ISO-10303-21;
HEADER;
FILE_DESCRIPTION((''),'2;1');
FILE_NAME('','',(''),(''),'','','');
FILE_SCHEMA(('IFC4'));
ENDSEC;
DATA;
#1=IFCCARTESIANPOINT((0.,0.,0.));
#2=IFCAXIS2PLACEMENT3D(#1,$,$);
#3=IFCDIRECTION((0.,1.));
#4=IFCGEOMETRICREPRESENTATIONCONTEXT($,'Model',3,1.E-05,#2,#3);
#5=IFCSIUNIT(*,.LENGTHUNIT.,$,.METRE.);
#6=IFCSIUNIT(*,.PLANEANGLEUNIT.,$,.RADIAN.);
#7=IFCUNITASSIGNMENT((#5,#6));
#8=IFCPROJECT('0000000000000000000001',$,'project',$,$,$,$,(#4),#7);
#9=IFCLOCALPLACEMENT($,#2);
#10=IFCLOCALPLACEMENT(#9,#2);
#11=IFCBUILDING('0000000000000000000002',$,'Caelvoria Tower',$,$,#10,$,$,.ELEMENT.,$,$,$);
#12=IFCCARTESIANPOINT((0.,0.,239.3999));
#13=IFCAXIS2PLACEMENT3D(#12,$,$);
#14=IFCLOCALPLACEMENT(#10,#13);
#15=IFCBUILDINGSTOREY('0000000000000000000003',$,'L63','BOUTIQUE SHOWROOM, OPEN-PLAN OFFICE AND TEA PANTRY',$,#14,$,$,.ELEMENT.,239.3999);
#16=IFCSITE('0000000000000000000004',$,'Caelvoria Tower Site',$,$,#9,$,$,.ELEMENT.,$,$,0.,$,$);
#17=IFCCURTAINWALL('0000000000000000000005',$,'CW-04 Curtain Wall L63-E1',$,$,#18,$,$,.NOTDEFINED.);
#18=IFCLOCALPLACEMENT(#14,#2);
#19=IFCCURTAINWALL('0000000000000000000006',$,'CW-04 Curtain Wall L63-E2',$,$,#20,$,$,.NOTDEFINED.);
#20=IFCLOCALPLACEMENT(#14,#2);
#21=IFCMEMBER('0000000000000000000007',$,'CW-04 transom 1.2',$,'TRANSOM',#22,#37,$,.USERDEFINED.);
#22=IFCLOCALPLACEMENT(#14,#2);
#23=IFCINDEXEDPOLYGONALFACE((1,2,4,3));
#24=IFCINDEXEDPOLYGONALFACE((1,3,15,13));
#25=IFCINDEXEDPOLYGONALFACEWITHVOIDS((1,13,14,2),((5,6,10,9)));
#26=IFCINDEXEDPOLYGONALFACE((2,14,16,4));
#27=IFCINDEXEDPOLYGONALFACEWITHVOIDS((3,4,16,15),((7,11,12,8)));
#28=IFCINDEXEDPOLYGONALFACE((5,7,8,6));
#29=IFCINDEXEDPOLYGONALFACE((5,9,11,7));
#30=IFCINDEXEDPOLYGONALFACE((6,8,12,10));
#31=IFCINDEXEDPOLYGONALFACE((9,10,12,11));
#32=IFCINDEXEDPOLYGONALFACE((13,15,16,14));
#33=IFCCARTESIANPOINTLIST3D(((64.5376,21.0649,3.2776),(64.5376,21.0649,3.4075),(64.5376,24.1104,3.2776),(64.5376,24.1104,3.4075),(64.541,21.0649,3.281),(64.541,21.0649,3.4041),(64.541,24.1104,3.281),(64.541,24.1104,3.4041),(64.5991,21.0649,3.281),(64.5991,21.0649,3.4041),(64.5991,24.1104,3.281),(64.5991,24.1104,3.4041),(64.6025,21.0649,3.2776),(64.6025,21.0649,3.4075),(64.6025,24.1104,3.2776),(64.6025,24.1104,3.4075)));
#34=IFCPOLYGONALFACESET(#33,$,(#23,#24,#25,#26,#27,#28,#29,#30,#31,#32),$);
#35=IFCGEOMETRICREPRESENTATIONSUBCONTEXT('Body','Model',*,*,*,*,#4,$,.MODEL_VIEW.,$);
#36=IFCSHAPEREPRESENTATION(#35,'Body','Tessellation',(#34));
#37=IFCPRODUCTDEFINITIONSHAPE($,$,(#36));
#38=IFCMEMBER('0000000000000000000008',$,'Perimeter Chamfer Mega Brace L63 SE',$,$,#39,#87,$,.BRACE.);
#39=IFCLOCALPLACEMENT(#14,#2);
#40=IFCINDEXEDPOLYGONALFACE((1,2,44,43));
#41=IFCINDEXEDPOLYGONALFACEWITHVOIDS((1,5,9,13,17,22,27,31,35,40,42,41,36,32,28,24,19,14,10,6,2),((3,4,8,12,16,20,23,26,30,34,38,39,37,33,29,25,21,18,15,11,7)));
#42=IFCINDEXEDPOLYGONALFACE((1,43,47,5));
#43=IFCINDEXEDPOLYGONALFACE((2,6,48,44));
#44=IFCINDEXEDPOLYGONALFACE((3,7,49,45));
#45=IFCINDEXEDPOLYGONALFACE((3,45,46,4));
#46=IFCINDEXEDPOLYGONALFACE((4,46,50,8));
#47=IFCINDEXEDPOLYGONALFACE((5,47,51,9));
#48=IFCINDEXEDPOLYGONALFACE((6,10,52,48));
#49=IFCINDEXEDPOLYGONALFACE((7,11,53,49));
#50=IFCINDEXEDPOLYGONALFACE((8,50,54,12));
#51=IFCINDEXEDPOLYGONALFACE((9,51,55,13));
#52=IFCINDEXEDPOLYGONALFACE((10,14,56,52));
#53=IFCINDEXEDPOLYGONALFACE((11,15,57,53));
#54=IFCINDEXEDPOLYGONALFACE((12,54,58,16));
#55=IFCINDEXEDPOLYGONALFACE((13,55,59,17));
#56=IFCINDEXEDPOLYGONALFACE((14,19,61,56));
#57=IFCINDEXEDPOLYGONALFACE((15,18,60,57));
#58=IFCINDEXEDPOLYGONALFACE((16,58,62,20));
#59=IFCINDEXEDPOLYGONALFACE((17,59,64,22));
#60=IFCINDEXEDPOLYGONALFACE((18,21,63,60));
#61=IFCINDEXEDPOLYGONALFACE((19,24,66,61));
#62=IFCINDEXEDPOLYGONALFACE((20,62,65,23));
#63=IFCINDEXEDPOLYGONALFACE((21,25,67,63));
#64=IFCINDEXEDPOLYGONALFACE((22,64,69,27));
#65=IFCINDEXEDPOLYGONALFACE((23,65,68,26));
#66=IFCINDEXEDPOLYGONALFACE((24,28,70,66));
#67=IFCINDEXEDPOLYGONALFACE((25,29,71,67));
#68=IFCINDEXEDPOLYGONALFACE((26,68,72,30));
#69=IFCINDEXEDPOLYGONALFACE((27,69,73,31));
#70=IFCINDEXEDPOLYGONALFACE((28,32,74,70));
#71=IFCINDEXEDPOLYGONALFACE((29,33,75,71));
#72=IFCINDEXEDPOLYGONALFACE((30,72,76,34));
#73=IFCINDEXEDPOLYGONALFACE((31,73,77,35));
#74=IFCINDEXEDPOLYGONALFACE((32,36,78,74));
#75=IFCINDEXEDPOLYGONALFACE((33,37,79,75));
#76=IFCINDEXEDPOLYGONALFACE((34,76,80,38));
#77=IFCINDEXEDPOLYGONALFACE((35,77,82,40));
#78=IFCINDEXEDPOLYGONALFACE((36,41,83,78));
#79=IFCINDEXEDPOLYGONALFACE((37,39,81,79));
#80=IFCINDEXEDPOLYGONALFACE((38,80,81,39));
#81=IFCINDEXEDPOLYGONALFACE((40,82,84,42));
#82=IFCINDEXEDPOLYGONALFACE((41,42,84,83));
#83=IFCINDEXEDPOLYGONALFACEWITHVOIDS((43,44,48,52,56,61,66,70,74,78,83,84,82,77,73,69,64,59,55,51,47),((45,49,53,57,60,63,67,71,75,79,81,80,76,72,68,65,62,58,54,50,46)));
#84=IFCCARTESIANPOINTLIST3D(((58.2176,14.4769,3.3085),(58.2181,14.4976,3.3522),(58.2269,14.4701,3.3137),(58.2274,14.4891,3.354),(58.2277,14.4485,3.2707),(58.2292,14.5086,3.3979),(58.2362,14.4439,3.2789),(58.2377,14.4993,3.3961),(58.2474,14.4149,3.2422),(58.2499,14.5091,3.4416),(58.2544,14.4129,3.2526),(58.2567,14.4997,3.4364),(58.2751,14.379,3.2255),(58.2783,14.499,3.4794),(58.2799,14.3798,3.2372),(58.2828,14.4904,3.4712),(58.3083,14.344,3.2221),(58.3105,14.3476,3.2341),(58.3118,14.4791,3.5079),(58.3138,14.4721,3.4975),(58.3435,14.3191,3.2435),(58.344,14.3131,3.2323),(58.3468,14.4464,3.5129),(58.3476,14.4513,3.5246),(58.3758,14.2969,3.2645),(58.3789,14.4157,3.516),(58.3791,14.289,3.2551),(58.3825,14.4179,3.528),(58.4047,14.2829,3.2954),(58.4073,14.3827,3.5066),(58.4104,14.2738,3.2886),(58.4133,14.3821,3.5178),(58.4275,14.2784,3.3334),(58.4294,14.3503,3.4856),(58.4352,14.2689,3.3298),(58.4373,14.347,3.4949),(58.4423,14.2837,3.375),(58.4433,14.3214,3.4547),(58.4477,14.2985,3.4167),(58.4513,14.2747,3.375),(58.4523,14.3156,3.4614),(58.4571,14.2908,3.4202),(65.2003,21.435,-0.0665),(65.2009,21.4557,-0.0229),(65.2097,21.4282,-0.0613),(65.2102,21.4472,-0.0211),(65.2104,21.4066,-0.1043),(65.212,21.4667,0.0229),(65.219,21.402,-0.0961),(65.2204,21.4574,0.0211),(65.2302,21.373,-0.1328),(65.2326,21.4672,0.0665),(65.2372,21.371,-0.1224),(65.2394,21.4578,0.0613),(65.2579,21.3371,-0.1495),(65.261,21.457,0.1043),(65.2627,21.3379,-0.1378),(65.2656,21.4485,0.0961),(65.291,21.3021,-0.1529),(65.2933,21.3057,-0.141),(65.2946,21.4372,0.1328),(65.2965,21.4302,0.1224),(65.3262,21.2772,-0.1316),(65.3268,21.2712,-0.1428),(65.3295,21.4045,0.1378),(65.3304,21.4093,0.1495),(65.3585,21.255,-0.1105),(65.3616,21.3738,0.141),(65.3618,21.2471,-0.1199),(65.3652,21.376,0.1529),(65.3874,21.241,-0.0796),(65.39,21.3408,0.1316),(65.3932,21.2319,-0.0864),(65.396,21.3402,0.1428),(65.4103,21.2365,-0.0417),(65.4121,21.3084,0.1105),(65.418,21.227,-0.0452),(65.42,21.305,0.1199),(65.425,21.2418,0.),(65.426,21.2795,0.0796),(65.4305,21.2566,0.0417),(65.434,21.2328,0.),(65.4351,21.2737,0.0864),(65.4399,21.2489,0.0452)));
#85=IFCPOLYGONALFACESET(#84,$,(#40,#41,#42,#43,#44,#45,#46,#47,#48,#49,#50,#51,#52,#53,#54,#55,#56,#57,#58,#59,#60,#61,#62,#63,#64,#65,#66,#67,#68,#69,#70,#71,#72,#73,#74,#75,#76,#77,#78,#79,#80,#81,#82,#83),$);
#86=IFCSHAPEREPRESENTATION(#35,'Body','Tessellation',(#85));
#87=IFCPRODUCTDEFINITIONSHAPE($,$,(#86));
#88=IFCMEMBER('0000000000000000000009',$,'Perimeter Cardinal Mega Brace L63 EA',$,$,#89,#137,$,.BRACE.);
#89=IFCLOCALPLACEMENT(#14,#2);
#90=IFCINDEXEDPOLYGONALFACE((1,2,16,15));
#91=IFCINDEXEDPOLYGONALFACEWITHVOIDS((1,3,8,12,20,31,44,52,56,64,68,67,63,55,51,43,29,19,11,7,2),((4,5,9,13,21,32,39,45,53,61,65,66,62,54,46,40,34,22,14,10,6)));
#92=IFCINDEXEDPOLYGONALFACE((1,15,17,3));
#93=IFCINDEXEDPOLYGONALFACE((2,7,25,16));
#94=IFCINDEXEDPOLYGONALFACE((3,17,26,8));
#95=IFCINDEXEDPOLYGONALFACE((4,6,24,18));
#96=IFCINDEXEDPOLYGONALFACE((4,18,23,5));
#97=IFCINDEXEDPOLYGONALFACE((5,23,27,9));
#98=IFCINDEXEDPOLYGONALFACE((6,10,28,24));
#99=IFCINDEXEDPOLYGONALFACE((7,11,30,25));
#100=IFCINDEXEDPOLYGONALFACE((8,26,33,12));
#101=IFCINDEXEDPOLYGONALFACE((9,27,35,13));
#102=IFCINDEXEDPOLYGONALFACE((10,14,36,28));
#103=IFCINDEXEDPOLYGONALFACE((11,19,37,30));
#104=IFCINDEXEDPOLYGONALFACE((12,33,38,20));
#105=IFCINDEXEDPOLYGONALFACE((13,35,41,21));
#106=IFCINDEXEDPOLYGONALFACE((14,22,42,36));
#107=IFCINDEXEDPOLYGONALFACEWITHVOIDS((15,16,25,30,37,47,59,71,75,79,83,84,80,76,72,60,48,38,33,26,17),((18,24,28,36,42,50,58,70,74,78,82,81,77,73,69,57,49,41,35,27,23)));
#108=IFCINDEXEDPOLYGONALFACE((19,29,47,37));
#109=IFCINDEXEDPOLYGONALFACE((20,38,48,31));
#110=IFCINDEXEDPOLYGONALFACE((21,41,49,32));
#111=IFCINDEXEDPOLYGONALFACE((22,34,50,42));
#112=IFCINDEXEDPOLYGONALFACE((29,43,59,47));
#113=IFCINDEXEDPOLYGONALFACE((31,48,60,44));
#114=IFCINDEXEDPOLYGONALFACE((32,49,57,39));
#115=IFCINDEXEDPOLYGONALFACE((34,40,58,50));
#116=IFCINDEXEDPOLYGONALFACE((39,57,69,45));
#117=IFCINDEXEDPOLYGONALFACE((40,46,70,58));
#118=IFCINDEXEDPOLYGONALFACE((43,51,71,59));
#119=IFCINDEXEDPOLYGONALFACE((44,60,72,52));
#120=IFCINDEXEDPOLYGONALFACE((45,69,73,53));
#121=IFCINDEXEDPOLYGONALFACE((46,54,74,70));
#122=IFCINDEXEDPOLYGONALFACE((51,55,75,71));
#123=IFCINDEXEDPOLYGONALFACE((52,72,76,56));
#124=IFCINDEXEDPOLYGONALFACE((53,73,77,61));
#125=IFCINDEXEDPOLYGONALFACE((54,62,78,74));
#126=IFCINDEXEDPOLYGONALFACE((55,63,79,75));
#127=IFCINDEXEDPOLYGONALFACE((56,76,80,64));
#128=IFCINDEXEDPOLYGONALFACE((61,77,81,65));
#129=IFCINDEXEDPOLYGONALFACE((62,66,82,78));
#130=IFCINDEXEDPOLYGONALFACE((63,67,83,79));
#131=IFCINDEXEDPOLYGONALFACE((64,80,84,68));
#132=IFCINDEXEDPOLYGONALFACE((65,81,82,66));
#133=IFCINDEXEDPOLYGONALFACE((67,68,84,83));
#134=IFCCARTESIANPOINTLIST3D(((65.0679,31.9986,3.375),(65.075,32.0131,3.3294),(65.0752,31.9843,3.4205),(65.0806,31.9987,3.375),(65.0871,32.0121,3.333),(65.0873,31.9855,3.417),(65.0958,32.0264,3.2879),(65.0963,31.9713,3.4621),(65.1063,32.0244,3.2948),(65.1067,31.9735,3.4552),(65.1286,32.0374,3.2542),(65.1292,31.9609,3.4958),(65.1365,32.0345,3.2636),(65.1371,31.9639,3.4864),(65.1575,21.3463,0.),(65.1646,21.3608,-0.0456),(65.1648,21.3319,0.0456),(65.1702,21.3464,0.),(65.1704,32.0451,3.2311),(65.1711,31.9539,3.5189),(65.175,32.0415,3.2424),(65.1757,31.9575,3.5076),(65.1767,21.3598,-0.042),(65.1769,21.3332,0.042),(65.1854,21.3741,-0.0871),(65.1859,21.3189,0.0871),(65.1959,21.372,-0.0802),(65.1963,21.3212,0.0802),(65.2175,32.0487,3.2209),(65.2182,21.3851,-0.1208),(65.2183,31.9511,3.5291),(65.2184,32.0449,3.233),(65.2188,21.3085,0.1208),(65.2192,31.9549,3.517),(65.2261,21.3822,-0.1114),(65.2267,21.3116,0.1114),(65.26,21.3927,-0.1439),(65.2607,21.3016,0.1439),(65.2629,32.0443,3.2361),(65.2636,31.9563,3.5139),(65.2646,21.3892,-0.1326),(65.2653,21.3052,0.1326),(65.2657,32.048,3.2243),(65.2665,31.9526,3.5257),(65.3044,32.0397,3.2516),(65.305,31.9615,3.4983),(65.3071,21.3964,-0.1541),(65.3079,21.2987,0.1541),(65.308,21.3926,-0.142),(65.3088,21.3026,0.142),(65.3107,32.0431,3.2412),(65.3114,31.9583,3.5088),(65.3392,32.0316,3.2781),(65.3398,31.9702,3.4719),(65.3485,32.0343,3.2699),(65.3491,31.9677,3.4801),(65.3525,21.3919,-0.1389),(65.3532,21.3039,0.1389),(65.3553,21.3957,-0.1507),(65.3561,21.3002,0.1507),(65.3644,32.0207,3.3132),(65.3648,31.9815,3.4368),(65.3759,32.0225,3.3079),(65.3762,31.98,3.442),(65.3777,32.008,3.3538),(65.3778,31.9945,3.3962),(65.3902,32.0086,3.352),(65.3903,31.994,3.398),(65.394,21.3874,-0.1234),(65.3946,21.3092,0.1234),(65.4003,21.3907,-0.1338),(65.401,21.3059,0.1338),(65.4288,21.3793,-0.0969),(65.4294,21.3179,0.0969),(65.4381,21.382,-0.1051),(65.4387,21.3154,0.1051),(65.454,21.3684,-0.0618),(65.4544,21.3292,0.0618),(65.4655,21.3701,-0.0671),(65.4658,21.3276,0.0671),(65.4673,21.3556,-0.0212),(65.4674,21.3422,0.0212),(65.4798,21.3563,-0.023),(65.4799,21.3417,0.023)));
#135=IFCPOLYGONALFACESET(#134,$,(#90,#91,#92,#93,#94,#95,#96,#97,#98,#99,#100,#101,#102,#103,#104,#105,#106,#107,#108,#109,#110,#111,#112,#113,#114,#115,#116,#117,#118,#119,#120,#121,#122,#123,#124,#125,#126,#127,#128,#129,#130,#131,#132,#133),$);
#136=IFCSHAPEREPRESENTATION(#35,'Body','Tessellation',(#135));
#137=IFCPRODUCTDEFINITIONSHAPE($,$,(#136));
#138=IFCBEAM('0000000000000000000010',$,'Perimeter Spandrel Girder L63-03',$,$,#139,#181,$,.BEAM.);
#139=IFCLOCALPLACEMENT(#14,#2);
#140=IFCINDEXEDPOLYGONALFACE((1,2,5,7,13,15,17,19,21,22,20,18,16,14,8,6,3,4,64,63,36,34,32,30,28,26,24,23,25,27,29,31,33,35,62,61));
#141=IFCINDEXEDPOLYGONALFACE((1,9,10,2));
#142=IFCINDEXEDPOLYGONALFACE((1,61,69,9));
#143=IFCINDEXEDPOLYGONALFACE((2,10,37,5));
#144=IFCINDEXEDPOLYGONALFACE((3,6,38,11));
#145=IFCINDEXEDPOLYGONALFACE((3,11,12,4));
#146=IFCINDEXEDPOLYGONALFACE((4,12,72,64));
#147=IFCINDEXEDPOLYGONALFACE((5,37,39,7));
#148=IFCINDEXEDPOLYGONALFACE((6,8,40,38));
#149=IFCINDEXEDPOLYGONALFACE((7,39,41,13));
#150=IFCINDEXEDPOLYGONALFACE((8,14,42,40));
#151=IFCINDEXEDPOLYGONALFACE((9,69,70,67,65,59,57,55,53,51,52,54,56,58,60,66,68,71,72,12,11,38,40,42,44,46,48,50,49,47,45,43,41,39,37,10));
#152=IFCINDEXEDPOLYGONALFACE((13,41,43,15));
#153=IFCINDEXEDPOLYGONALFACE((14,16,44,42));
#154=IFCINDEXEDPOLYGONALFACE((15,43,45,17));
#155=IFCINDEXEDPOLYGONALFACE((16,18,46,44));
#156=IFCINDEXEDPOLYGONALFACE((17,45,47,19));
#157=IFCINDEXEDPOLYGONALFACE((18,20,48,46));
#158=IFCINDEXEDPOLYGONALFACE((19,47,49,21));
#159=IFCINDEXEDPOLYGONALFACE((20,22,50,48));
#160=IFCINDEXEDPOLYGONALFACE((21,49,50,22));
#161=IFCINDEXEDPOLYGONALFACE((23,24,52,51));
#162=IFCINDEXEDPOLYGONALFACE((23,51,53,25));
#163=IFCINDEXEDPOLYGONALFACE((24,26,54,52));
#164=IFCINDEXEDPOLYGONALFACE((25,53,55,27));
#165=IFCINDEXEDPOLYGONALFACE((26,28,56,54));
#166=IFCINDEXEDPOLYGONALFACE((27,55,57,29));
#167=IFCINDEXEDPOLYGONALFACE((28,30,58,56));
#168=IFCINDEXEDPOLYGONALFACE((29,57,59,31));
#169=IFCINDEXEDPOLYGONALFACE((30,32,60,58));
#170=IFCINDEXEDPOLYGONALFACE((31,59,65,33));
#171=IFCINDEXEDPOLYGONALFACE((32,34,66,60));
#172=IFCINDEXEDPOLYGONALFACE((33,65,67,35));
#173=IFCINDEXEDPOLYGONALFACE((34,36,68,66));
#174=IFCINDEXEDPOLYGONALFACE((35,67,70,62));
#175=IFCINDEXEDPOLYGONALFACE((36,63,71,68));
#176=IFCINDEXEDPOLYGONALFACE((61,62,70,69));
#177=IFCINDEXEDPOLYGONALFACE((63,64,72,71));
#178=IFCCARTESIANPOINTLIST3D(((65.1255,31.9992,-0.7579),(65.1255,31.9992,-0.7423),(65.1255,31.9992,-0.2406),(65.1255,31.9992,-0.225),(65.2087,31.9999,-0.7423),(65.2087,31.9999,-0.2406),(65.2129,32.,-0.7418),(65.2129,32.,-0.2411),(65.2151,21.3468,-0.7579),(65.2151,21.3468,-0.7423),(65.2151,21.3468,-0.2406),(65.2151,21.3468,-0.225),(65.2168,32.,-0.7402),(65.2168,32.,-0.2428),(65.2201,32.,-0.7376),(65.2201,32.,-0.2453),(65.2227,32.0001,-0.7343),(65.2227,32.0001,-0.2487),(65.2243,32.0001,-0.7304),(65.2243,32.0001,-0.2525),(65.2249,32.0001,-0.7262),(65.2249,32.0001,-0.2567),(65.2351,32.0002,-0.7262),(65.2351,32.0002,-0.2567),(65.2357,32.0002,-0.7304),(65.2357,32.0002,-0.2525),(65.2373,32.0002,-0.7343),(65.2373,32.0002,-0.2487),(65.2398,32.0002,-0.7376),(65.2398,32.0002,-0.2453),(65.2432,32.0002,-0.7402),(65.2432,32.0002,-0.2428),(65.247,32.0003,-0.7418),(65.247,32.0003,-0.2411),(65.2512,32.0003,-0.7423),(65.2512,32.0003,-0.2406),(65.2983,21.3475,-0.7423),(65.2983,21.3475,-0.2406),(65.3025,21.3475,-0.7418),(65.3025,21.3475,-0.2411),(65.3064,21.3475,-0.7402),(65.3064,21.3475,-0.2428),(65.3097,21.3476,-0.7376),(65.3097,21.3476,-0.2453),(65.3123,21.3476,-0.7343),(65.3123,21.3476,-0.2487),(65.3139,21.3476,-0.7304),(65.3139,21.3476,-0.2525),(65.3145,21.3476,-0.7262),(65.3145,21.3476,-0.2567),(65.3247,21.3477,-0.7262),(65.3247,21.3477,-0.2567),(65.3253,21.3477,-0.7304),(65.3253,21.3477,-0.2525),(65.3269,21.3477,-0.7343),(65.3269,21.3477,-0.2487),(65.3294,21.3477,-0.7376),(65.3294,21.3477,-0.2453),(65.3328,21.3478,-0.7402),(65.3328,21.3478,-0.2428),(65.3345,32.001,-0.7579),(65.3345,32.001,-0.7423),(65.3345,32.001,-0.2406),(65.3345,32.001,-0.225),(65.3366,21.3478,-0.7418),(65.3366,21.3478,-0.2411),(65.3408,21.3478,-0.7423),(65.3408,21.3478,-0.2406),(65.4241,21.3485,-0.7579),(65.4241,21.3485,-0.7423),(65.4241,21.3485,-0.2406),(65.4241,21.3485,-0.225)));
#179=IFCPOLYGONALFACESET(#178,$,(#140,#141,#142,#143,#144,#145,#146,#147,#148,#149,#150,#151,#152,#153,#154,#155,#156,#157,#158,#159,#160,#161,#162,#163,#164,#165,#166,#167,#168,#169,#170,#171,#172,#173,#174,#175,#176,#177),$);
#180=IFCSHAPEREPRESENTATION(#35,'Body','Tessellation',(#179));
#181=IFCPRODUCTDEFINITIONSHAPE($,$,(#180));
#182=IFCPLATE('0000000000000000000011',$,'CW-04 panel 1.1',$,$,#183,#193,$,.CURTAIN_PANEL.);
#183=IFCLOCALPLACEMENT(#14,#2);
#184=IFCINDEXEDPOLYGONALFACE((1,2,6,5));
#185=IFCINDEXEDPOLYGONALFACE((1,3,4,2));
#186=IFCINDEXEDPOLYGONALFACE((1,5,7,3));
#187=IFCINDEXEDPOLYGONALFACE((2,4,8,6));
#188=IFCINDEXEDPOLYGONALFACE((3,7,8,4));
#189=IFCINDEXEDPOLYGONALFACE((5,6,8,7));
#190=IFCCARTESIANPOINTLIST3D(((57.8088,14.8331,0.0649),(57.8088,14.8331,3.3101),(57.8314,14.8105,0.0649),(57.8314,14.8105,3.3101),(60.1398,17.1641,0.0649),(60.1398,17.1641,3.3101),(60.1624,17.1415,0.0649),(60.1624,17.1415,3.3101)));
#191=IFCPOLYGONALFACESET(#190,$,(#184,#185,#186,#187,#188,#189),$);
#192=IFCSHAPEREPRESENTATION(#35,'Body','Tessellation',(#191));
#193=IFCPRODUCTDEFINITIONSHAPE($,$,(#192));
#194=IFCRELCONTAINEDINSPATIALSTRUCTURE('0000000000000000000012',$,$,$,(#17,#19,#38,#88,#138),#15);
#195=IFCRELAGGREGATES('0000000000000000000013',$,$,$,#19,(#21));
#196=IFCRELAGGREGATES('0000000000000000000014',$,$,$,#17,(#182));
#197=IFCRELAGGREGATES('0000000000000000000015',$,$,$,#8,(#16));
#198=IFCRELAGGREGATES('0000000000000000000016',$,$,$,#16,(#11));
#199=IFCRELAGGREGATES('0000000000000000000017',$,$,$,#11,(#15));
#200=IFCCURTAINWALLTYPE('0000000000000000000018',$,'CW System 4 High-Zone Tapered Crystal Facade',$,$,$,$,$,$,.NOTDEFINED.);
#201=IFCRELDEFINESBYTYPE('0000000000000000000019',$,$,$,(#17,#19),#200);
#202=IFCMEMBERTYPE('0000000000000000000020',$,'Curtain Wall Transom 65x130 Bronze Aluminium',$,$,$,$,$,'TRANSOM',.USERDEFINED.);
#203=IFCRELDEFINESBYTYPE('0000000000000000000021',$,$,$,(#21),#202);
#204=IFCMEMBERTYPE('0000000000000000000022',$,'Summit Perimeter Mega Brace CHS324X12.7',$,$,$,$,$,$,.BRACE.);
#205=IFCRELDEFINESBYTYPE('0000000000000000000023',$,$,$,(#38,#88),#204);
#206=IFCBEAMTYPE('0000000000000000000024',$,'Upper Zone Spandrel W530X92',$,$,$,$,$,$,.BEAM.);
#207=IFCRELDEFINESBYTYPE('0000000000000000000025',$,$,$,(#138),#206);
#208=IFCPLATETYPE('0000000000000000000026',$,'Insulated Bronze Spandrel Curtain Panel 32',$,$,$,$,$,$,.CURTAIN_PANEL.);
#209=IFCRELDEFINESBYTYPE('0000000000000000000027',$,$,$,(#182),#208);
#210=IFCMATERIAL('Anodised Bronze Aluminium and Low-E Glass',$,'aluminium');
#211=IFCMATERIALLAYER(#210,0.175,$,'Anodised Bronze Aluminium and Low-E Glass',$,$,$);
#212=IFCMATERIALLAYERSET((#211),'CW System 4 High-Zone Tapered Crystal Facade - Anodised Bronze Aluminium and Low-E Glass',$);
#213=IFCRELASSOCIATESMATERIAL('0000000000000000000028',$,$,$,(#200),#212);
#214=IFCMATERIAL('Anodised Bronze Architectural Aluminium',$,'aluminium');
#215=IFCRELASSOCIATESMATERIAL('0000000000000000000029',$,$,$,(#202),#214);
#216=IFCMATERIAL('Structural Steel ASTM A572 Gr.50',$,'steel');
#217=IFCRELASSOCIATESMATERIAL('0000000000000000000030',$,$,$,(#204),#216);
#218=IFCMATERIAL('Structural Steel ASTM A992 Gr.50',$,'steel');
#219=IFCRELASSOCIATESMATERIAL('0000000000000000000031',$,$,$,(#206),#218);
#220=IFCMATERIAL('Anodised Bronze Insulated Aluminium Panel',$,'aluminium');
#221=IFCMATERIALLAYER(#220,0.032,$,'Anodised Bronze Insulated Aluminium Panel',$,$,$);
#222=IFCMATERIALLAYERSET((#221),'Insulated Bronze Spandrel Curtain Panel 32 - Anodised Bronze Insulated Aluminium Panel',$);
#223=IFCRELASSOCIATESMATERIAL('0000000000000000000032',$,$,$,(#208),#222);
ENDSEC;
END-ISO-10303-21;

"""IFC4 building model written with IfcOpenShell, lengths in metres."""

from ifc_helpers import new_model, si_unit, direction, frame, origin, origin_2d, place, context, subcontext, project, spatial, rectangle, hollow_rectangle, hollow_circle, i_section, extrude, material, layer, layer_set, material_profile, profile_set, type_object, element, aggregate, save


model = new_model("IFC4")

# Units and contexts
model_context = context("Model", 3, precision=1e-05, world=origin(), true_north=direction((0.0, 1.0)))
body_context = subcontext(model_context, "Body", "Model", "MODEL_VIEW")
ifc_project = project(units=[si_unit("LENGTHUNIT", "METRE"), si_unit("PLANEANGLEUNIT", "RADIAN")], contexts=[model_context])

# Site, building, storey
site_placement = place(None, origin())
site = spatial("IfcSite", under=ifc_project, at=site_placement, Name="Caelvoria Tower Site", CompositionType="ELEMENT", RefElevation=0.0)
building_placement = place(site_placement, origin())
building = spatial("IfcBuilding", under=site, at=building_placement, Name="Caelvoria Tower", CompositionType="ELEMENT")
storey_placement = place(building_placement, frame((0.0, 0.0, 239.3999)))
storey = spatial("IfcBuildingStorey", under=building, at=storey_placement, Name="L63", Description="BOUTIQUE SHOWROOM, OPEN-PLAN OFFICE AND TEA PANTRY", CompositionType="ELEMENT", Elevation=239.3999)

# Shared definitions
ifc_material_1 = material(Name="Structural Steel ASTM A572 Gr.50", Category="steel")

# Shared definitions
ifc_material_2 = material(Name="Anodised Bronze Aluminium and Low-E Glass", Category="aluminium")
ifc_layer_1 = layer(ifc_material_2, 0.175, Name="Anodised Bronze Aluminium and Low-E Glass")
ifc_layer_set_1 = layer_set([ifc_layer_1], Name="CW System 4 High-Zone Tapered Crystal Facade - Anodised Bronze Aluminium and Low-E Glass")
curtain_wall_type = type_object("IfcCurtainWallType", Name="CW System 4 High-Zone Tapered Crystal Facade", PredefinedType="NOTDEFINED", material=ifc_layer_set_1)
ifc_material_3 = material(Name="Anodised Bronze Architectural Aluminium", Category="aluminium")

# Curtain wall
curtain_wall_1_placement = place(storey_placement, origin())
curtain_wall_1 = element("IfcCurtainWall", 1, at=curtain_wall_1_placement, inside=storey, type_object=curtain_wall_type, Name="CW-04 Curtain Wall L63-E1", PredefinedType="NOTDEFINED")

# Curtain wall
curtain_wall_2_placement = place(storey_placement, origin())
curtain_wall_2 = element("IfcCurtainWall", 2, at=curtain_wall_2_placement, inside=storey, type_object=curtain_wall_type, Name="CW-04 Curtain Wall L63-E2", PredefinedType="NOTDEFINED")

# Member
ifc_material_profile_1 = material_profile(ifc_material_3, hollow_rectangle(XDim=0.0649, YDim=0.1299, WallThickness=0.0034, at=origin_2d()), Name="Anodised Bronze Architectural Aluminium")
ifc_profile_set_1 = profile_set([ifc_material_profile_1], Name="CW_TRAN_65X130 - Anodised Bronze Architectural Aluminium")
member_type_1 = type_object("IfcMemberType", Name="Curtain Wall Transom 65x130 Bronze Aluminium", ElementType="TRANSOM", PredefinedType="USERDEFINED", material=ifc_profile_set_1)
member_1_placement = place(storey_placement, frame((64.5701, 21.0649, 3.3425), z_axis=(0.0, 1.0, 0.0), x_axis=(-1.0, 0.0, 0.0)))
member_1 = element("IfcMember", 3, at=member_1_placement, type_object=member_type_1, Name="CW-04 transom 1.2", ObjectType="TRANSOM", PredefinedType="USERDEFINED", context=body_context, shape_type="SweptSolid", body=[
    extrude(hollow_rectangle(XDim=0.0649, YDim=0.1299, WallThickness=0.0034, at=origin_2d()), origin(), (0.0, 0.0, 1.0), 3.0454),
])
aggregate(curtain_wall_2, [member_1])

# Members
ifc_material_profile_2 = material_profile(ifc_material_1, hollow_circle(Radius=0.1621, WallThickness=0.0127, at=origin_2d()), Name="Structural Steel ASTM A572 Gr.50")
ifc_profile_set_2 = profile_set([ifc_material_profile_2], Name="CHS324X12.7 - Structural Steel ASTM A572 Gr.50")
member_type_2 = type_object("IfcMemberType", Name="Summit Perimeter Mega Brace CHS324X12.7", PredefinedType="BRACE", material=ifc_profile_set_2)
member_2_placement = place(storey_placement, frame((65.3196, 21.3477, 0.0), z_axis=(-0.670166, -0.667799, 0.323918), x_axis=(0.705855, -0.708356, 0.0)))
element("IfcMember", 4, at=member_2_placement, inside=storey, type_object=member_type_2, Name="Perimeter Chamfer Mega Brace L63 SE", PredefinedType="BRACE", context=body_context, shape_type="SweptSolid", body=[
    extrude(hollow_circle(Radius=0.1621, WallThickness=0.0127, at=origin_2d()), origin(), (0.0, 0.0, 1.0), 10.4194),
])
member_3_placement = place(storey_placement, frame((65.3196, 21.3477, 0.0), z_axis=(-0.008018, 0.953266, 0.302025), x_axis=(-0.999965, -0.008411, 0.0)))
element("IfcMember", 5, at=member_3_placement, inside=storey, type_object=member_type_2, Name="Perimeter Cardinal Mega Brace L63 EA", PredefinedType="BRACE", context=body_context, shape_type="SweptSolid", body=[
    extrude(hollow_circle(Radius=0.1621, WallThickness=0.0127, at=origin_2d()), origin(), (0.0, 0.0, 1.0), 11.1746),
])

# Beam
ifc_material_4 = material(Name="Structural Steel ASTM A992 Gr.50", Category="steel")
ifc_material_profile_3 = material_profile(ifc_material_4, i_section(OverallWidth=0.209, OverallDepth=0.533, WebThickness=0.0103, FlangeThickness=0.0156, FilletRadius=0.0161, at=origin_2d()), Name="Structural Steel ASTM A992 Gr.50")
ifc_profile_set_3 = profile_set([ifc_material_profile_3], Name="W530X92 - Structural Steel ASTM A992 Gr.50")
beam_type = type_object("IfcBeamType", Name="Upper Zone Spandrel W530X92", PredefinedType="BEAM", material=ifc_profile_set_3)
beam_placement = place(storey_placement, frame((65.3196, 21.3477, -0.4915), z_axis=(-0.008411, 0.999965, 0.0), x_axis=(-0.999965, -0.008411, 0.0)))
element("IfcBeam", 6, at=beam_placement, inside=storey, type_object=beam_type, Name="Perimeter Spandrel Girder L63-03", PredefinedType="BEAM", context=body_context, shape_type="SweptSolid", body=[
    extrude(i_section(OverallWidth=0.209, OverallDepth=0.533, WebThickness=0.0103, FlangeThickness=0.0156, FilletRadius=0.0161, at=origin_2d()), origin(), (0.0, 0.0, 1.0), 10.6528),
])

# Plate
ifc_material_5 = material(Name="Anodised Bronze Insulated Aluminium Panel", Category="aluminium")
ifc_layer_2 = layer(ifc_material_5, 0.032, Name="Anodised Bronze Insulated Aluminium Panel")
ifc_layer_set_2 = layer_set([ifc_layer_2], Name="Insulated Bronze Spandrel Curtain Panel 32 - Anodised Bronze Insulated Aluminium Panel")
plate_type_1 = type_object("IfcPlateType", Name="Insulated Bronze Spandrel Curtain Panel 32", PredefinedType="CURTAIN_PANEL", material=ifc_layer_set_2)
plate_1_placement = place(storey_placement, frame((58.9856, 15.9873, 0.0649), z_axis=(0.0, 0.0, 1.0), x_axis=(0.707107, 0.707107, 0.0)))
plate_1 = element("IfcPlate", 7, at=plate_1_placement, type_object=plate_type_1, Name="CW-04 panel 1.1", PredefinedType="CURTAIN_PANEL", context=body_context, shape_type="SweptSolid", body=[
    extrude(rectangle(XDim=3.2966, YDim=0.032, at=origin_2d()), origin(), (0.0, 0.0, 1.0), 3.2451),
])
aggregate(curtain_wall_1, [plate_1])

save(model, "model.ifc")
